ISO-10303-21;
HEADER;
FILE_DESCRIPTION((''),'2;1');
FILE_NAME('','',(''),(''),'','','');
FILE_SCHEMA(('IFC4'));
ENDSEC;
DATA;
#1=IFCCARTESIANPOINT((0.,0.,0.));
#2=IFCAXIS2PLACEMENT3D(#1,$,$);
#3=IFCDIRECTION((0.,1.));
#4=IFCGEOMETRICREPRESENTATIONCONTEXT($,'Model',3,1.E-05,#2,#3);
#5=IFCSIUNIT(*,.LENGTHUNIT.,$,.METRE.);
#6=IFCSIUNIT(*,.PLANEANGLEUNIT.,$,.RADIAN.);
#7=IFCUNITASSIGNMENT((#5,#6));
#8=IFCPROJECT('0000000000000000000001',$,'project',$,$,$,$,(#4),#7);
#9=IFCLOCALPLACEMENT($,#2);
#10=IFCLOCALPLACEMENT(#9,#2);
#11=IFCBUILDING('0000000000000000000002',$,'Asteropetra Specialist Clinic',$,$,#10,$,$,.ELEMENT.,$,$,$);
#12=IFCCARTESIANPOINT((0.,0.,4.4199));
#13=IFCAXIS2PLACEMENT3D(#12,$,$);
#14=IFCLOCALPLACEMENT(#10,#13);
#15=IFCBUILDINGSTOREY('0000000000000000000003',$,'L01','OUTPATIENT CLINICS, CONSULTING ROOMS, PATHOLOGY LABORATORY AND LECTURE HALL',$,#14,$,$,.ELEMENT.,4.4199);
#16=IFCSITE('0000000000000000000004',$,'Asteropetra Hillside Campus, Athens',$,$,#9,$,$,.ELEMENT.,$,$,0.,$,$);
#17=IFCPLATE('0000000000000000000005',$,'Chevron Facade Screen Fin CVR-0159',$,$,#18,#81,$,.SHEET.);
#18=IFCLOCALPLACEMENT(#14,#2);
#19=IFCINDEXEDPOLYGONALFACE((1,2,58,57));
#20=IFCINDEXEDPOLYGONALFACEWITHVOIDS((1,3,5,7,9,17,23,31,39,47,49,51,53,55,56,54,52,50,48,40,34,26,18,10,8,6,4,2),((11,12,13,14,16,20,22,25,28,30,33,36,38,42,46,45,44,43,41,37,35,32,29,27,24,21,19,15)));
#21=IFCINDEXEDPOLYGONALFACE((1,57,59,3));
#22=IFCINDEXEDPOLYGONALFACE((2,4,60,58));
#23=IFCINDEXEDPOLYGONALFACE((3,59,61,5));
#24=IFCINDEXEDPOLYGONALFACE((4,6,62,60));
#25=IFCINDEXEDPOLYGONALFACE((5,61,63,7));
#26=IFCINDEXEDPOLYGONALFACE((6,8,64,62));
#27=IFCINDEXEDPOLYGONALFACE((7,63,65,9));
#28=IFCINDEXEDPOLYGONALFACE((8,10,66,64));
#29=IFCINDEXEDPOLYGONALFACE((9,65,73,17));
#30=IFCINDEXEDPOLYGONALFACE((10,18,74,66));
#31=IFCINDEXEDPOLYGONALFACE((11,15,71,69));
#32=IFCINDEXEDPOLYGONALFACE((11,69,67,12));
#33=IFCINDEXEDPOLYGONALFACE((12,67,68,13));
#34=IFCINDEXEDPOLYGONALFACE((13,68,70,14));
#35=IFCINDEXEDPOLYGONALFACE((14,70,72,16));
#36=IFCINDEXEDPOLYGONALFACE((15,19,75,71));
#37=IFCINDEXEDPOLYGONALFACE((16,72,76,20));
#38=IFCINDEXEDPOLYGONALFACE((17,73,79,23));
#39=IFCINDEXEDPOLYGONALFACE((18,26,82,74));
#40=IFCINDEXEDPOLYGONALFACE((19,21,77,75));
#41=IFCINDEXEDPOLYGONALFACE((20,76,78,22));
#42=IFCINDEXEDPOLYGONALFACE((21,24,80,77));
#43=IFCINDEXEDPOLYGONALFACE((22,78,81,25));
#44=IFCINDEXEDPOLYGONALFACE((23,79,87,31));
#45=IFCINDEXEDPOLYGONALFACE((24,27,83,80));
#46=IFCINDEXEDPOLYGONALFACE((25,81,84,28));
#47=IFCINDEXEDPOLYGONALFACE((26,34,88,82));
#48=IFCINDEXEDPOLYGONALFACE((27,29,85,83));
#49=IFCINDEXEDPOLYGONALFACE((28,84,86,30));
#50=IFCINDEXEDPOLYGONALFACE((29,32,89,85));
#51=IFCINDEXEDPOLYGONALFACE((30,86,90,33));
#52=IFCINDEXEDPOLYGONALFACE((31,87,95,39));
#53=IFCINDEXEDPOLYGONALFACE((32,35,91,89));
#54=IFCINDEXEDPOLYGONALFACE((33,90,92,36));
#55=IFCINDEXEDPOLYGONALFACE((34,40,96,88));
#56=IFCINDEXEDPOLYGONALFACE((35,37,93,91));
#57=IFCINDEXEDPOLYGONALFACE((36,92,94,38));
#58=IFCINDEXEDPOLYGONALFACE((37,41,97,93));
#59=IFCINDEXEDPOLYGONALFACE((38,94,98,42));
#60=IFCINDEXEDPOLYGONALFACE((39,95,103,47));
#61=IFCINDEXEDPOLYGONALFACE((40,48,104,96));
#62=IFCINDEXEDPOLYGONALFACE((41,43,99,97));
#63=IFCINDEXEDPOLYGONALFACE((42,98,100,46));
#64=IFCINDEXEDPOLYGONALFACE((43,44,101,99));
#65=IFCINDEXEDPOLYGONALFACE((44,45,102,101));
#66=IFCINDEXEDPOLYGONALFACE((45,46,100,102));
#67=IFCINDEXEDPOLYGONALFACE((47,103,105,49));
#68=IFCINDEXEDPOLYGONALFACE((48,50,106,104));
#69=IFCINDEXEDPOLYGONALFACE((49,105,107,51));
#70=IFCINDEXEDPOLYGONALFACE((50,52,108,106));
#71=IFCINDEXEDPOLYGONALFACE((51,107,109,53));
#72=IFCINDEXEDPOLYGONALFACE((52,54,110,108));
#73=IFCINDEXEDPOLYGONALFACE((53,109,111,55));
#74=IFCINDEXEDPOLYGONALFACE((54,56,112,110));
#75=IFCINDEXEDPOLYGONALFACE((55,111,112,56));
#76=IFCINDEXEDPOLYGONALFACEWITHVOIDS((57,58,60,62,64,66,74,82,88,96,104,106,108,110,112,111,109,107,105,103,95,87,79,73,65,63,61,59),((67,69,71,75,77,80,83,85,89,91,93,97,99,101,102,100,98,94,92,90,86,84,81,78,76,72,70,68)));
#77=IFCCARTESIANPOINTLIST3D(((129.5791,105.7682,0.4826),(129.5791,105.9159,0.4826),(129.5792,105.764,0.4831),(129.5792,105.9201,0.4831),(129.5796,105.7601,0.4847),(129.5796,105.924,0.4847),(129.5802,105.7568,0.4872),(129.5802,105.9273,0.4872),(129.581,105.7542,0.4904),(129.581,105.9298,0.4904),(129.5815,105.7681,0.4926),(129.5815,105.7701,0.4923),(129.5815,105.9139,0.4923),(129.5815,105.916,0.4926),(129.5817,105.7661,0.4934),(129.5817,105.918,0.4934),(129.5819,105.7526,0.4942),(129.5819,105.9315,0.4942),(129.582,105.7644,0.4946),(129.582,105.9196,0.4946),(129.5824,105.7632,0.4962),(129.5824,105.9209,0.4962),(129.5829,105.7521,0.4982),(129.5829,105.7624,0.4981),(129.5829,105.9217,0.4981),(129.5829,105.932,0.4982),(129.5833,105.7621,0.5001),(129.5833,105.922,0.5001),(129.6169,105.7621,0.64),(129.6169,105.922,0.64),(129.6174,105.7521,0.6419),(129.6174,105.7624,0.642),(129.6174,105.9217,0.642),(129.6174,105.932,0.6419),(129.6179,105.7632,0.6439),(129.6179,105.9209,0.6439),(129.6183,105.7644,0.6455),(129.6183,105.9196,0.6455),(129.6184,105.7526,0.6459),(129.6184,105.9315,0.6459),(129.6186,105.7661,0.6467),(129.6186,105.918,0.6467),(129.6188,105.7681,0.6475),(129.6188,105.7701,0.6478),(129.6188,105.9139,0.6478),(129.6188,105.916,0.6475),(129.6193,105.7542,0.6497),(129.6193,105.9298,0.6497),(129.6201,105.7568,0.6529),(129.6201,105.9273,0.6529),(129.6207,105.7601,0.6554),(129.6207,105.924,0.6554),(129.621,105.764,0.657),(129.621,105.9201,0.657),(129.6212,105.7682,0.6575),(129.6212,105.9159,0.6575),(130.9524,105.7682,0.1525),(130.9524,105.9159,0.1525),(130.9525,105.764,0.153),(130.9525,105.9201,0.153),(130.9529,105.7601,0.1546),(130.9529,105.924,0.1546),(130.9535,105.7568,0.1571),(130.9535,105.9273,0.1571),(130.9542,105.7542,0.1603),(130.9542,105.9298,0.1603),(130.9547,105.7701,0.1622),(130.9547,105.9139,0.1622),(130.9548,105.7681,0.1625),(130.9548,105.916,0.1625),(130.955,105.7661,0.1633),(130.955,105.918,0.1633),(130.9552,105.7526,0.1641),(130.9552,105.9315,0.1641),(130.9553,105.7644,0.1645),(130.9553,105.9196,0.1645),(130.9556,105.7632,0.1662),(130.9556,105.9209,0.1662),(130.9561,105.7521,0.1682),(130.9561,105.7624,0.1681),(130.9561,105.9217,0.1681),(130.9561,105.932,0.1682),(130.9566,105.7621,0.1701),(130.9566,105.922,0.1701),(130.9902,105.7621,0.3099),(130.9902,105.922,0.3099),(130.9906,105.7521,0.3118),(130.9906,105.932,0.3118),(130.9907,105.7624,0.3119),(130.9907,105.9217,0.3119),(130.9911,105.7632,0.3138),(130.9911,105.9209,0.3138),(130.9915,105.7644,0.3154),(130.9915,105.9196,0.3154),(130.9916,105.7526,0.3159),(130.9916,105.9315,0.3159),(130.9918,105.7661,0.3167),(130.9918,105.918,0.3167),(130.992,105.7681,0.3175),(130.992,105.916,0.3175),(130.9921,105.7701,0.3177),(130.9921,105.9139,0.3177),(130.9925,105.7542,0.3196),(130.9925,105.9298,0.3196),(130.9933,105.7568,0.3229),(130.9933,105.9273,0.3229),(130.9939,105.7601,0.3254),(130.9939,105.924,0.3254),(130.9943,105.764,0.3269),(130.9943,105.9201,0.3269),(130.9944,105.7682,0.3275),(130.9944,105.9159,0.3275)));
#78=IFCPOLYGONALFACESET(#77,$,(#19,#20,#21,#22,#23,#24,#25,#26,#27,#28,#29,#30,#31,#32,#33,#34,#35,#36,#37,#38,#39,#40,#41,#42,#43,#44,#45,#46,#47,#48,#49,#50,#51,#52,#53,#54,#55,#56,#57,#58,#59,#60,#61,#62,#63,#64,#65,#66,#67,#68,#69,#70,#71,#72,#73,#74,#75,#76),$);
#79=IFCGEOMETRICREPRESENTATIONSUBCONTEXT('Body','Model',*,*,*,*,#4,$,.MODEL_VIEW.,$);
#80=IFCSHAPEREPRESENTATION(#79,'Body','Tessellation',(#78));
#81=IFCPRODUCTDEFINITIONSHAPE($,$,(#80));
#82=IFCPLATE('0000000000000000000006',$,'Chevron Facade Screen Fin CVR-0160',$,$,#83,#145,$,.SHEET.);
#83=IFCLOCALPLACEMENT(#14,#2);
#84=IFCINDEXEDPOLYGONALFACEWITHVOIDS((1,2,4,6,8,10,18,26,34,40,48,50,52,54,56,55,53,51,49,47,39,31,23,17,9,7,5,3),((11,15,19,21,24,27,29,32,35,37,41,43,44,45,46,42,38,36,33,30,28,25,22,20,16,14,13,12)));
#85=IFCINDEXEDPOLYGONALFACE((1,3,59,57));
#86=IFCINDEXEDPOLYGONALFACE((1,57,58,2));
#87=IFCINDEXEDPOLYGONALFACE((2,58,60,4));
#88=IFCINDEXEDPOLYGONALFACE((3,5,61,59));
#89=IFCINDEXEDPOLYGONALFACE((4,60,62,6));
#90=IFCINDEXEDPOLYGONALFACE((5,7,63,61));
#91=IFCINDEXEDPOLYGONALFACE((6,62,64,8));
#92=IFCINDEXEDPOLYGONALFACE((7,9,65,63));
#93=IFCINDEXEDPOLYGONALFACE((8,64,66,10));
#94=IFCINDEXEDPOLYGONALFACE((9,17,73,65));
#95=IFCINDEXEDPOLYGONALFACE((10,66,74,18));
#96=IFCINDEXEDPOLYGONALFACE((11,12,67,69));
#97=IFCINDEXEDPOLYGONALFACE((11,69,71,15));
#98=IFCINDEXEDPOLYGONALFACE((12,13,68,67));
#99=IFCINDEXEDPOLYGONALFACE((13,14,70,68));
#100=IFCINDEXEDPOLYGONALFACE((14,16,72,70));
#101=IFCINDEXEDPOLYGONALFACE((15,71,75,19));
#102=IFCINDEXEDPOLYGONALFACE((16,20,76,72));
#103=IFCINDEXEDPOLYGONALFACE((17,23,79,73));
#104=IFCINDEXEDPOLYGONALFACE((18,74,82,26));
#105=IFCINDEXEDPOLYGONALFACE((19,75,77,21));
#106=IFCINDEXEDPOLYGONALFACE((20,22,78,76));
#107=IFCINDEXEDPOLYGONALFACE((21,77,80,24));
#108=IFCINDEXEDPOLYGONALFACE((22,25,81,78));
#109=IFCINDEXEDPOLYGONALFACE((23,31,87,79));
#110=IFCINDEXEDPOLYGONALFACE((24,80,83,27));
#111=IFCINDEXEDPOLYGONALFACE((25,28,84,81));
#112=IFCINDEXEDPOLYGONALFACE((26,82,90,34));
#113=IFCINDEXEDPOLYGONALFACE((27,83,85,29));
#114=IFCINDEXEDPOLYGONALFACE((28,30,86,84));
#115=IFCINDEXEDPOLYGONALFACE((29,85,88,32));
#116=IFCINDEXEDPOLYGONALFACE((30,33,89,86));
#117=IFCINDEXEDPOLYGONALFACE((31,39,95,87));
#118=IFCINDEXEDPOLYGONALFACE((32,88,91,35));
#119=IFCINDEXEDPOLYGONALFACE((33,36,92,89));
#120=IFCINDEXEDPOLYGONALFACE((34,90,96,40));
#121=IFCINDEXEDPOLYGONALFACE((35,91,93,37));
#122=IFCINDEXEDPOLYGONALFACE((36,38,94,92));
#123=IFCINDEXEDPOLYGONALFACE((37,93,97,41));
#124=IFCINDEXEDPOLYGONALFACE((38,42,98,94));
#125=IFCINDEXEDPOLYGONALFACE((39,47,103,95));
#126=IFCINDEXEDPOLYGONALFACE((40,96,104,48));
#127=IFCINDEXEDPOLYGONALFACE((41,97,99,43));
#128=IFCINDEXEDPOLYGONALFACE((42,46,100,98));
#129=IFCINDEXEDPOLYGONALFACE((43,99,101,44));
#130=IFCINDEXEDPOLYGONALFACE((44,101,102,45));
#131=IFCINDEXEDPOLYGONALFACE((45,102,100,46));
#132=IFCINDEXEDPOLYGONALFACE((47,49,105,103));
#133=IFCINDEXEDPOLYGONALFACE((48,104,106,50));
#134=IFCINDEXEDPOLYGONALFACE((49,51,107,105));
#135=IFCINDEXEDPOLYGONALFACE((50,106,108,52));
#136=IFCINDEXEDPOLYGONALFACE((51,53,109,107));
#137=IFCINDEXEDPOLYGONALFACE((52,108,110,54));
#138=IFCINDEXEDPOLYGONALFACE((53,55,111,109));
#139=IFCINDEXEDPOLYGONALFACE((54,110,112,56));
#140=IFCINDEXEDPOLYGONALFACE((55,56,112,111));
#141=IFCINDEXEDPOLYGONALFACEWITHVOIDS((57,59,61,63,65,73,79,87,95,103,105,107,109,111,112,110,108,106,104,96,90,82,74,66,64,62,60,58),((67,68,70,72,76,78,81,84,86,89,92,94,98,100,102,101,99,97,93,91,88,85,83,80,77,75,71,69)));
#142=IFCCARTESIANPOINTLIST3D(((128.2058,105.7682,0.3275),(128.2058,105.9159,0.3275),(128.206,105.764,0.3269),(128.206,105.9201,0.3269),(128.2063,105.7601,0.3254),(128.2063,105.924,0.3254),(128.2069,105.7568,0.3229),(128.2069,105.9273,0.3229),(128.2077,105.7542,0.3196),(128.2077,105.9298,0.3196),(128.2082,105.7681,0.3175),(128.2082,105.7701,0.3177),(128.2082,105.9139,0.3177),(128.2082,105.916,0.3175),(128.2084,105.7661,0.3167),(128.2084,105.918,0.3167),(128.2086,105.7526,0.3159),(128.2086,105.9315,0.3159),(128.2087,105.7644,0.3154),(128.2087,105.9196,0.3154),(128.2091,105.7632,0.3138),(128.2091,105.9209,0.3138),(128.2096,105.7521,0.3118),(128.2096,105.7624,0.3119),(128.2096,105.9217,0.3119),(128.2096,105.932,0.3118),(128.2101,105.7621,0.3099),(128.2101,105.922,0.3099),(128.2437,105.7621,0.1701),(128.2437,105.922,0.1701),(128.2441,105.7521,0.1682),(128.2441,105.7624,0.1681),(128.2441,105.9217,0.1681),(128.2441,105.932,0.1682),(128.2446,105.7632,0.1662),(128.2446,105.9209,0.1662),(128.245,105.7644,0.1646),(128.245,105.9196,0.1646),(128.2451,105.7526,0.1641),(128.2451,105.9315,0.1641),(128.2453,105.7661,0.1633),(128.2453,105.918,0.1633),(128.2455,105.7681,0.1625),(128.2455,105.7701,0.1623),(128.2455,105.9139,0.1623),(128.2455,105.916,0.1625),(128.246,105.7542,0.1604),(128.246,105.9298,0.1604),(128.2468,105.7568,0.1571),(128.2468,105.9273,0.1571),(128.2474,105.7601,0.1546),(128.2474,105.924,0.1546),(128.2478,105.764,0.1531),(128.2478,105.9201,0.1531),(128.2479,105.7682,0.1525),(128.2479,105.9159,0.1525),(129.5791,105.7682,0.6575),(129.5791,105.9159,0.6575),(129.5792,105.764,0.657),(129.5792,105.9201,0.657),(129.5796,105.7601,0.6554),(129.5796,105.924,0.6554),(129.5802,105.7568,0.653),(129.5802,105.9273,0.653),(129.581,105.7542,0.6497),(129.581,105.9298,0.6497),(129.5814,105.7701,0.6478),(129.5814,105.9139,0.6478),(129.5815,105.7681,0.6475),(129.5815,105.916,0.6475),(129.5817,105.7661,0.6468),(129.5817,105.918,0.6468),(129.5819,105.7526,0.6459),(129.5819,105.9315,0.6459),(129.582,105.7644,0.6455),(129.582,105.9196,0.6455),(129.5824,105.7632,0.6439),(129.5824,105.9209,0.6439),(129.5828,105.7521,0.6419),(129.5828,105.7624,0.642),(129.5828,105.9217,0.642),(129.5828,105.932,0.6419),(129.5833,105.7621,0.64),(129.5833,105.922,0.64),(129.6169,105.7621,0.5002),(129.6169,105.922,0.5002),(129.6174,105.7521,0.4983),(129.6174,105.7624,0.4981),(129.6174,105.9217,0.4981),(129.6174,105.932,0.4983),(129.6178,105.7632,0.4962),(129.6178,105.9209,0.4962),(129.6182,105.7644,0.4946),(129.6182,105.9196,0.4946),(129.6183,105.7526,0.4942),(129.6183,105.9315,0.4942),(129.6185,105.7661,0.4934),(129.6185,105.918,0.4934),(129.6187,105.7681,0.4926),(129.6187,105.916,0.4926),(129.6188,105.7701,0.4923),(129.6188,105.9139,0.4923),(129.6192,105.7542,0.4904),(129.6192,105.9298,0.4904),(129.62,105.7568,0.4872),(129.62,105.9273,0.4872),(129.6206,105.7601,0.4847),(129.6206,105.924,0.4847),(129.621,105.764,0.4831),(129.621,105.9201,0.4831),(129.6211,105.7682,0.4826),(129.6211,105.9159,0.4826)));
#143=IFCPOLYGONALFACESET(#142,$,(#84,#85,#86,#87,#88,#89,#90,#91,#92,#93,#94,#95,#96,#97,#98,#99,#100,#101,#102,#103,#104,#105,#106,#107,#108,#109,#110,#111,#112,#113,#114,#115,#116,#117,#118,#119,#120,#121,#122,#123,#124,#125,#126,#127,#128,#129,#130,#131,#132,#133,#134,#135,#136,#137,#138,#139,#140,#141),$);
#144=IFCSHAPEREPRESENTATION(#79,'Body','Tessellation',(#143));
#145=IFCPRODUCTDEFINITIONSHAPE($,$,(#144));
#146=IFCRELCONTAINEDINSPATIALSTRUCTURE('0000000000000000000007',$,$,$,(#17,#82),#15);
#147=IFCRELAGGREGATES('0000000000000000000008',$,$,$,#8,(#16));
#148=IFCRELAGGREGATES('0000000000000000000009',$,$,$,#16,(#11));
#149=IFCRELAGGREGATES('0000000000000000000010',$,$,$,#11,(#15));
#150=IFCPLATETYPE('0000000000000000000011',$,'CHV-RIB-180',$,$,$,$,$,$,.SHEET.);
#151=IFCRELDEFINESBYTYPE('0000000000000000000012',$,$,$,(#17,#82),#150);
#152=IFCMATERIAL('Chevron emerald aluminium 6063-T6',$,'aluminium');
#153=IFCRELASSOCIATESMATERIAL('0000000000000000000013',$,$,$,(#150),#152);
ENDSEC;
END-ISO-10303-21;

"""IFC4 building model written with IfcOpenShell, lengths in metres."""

from ifc_helpers import new_model, si_unit, direction, frame, origin, origin_2d, place, context, subcontext, project, spatial, hollow_rectangle, extrude, material, material_profile, profile_set, type_object, element, save


model = new_model("IFC4")

# Units and contexts
model_context = context("Model", 3, precision=1e-05, world=origin(), true_north=direction((0.0, 1.0)))
body_context = subcontext(model_context, "Body", "Model", "MODEL_VIEW")
ifc_project = project(units=[si_unit("LENGTHUNIT", "METRE"), si_unit("PLANEANGLEUNIT", "RADIAN")], contexts=[model_context])

# Site, building, storey
site_placement = place(None, origin())
site = spatial("IfcSite", under=ifc_project, at=site_placement, Name="Asteropetra Hillside Campus, Athens", CompositionType="ELEMENT", RefElevation=0.0)
building_placement = place(site_placement, origin())
building = spatial("IfcBuilding", under=site, at=building_placement, Name="Asteropetra Specialist Clinic", CompositionType="ELEMENT")
storey_placement = place(building_placement, frame((0.0, 0.0, 4.4199)))
storey = spatial("IfcBuildingStorey", under=building, at=storey_placement, Name="L01", Description="OUTPATIENT CLINICS, CONSULTING ROOMS, PATHOLOGY LABORATORY AND LECTURE HALL", CompositionType="ELEMENT", Elevation=4.4199)

# Plates
ifc_material_1 = material(Name="Chevron emerald aluminium 6063-T6", Category="aluminium")
ifc_material_profile_1 = material_profile(ifc_material_1, hollow_rectangle(XDim=0.1799, YDim=0.1799, WallThickness=0.01, InnerFilletRadius=0.0081, OuterFilletRadius=0.0161, at=origin_2d()), Name="SHS 180x180x10.0")
ifc_profile_set_1 = profile_set([ifc_material_profile_1], Name="Chevron emerald aluminium 6063-T6")
plate_type = type_object("IfcPlateType", Name="CHV-RIB-180", PredefinedType="SHEET", material=ifc_profile_set_1)
for number, where, z_axis, x_axis, name in (
    (1, (130.9734, 105.842, 0.24), (-0.972309, 0.0, 0.2337), (0.0, -1.0, 0.0), "Chevron Facade Screen Fin CVR-0159"),
    (2, (129.6001, 105.842, 0.5701), (-0.972309, 0.0, -0.2337), (0.0, -1.0, 0.0), "Chevron Facade Screen Fin CVR-0160"),
):
    element("IfcPlate", number, at=place(storey_placement, frame(where, z_axis=z_axis, x_axis=x_axis)), inside=storey, type_object=plate_type, Name=name, PredefinedType="SHEET", context=body_context, shape_type="SweptSolid", body=[
        extrude(hollow_rectangle(XDim=0.1799, YDim=0.1799, WallThickness=0.01, InnerFilletRadius=0.0081, OuterFilletRadius=0.0161, at=origin_2d()), origin(), (0.0, 0.0, 1.0), 1.4124),
    ])

save(model, "model.ifc")
